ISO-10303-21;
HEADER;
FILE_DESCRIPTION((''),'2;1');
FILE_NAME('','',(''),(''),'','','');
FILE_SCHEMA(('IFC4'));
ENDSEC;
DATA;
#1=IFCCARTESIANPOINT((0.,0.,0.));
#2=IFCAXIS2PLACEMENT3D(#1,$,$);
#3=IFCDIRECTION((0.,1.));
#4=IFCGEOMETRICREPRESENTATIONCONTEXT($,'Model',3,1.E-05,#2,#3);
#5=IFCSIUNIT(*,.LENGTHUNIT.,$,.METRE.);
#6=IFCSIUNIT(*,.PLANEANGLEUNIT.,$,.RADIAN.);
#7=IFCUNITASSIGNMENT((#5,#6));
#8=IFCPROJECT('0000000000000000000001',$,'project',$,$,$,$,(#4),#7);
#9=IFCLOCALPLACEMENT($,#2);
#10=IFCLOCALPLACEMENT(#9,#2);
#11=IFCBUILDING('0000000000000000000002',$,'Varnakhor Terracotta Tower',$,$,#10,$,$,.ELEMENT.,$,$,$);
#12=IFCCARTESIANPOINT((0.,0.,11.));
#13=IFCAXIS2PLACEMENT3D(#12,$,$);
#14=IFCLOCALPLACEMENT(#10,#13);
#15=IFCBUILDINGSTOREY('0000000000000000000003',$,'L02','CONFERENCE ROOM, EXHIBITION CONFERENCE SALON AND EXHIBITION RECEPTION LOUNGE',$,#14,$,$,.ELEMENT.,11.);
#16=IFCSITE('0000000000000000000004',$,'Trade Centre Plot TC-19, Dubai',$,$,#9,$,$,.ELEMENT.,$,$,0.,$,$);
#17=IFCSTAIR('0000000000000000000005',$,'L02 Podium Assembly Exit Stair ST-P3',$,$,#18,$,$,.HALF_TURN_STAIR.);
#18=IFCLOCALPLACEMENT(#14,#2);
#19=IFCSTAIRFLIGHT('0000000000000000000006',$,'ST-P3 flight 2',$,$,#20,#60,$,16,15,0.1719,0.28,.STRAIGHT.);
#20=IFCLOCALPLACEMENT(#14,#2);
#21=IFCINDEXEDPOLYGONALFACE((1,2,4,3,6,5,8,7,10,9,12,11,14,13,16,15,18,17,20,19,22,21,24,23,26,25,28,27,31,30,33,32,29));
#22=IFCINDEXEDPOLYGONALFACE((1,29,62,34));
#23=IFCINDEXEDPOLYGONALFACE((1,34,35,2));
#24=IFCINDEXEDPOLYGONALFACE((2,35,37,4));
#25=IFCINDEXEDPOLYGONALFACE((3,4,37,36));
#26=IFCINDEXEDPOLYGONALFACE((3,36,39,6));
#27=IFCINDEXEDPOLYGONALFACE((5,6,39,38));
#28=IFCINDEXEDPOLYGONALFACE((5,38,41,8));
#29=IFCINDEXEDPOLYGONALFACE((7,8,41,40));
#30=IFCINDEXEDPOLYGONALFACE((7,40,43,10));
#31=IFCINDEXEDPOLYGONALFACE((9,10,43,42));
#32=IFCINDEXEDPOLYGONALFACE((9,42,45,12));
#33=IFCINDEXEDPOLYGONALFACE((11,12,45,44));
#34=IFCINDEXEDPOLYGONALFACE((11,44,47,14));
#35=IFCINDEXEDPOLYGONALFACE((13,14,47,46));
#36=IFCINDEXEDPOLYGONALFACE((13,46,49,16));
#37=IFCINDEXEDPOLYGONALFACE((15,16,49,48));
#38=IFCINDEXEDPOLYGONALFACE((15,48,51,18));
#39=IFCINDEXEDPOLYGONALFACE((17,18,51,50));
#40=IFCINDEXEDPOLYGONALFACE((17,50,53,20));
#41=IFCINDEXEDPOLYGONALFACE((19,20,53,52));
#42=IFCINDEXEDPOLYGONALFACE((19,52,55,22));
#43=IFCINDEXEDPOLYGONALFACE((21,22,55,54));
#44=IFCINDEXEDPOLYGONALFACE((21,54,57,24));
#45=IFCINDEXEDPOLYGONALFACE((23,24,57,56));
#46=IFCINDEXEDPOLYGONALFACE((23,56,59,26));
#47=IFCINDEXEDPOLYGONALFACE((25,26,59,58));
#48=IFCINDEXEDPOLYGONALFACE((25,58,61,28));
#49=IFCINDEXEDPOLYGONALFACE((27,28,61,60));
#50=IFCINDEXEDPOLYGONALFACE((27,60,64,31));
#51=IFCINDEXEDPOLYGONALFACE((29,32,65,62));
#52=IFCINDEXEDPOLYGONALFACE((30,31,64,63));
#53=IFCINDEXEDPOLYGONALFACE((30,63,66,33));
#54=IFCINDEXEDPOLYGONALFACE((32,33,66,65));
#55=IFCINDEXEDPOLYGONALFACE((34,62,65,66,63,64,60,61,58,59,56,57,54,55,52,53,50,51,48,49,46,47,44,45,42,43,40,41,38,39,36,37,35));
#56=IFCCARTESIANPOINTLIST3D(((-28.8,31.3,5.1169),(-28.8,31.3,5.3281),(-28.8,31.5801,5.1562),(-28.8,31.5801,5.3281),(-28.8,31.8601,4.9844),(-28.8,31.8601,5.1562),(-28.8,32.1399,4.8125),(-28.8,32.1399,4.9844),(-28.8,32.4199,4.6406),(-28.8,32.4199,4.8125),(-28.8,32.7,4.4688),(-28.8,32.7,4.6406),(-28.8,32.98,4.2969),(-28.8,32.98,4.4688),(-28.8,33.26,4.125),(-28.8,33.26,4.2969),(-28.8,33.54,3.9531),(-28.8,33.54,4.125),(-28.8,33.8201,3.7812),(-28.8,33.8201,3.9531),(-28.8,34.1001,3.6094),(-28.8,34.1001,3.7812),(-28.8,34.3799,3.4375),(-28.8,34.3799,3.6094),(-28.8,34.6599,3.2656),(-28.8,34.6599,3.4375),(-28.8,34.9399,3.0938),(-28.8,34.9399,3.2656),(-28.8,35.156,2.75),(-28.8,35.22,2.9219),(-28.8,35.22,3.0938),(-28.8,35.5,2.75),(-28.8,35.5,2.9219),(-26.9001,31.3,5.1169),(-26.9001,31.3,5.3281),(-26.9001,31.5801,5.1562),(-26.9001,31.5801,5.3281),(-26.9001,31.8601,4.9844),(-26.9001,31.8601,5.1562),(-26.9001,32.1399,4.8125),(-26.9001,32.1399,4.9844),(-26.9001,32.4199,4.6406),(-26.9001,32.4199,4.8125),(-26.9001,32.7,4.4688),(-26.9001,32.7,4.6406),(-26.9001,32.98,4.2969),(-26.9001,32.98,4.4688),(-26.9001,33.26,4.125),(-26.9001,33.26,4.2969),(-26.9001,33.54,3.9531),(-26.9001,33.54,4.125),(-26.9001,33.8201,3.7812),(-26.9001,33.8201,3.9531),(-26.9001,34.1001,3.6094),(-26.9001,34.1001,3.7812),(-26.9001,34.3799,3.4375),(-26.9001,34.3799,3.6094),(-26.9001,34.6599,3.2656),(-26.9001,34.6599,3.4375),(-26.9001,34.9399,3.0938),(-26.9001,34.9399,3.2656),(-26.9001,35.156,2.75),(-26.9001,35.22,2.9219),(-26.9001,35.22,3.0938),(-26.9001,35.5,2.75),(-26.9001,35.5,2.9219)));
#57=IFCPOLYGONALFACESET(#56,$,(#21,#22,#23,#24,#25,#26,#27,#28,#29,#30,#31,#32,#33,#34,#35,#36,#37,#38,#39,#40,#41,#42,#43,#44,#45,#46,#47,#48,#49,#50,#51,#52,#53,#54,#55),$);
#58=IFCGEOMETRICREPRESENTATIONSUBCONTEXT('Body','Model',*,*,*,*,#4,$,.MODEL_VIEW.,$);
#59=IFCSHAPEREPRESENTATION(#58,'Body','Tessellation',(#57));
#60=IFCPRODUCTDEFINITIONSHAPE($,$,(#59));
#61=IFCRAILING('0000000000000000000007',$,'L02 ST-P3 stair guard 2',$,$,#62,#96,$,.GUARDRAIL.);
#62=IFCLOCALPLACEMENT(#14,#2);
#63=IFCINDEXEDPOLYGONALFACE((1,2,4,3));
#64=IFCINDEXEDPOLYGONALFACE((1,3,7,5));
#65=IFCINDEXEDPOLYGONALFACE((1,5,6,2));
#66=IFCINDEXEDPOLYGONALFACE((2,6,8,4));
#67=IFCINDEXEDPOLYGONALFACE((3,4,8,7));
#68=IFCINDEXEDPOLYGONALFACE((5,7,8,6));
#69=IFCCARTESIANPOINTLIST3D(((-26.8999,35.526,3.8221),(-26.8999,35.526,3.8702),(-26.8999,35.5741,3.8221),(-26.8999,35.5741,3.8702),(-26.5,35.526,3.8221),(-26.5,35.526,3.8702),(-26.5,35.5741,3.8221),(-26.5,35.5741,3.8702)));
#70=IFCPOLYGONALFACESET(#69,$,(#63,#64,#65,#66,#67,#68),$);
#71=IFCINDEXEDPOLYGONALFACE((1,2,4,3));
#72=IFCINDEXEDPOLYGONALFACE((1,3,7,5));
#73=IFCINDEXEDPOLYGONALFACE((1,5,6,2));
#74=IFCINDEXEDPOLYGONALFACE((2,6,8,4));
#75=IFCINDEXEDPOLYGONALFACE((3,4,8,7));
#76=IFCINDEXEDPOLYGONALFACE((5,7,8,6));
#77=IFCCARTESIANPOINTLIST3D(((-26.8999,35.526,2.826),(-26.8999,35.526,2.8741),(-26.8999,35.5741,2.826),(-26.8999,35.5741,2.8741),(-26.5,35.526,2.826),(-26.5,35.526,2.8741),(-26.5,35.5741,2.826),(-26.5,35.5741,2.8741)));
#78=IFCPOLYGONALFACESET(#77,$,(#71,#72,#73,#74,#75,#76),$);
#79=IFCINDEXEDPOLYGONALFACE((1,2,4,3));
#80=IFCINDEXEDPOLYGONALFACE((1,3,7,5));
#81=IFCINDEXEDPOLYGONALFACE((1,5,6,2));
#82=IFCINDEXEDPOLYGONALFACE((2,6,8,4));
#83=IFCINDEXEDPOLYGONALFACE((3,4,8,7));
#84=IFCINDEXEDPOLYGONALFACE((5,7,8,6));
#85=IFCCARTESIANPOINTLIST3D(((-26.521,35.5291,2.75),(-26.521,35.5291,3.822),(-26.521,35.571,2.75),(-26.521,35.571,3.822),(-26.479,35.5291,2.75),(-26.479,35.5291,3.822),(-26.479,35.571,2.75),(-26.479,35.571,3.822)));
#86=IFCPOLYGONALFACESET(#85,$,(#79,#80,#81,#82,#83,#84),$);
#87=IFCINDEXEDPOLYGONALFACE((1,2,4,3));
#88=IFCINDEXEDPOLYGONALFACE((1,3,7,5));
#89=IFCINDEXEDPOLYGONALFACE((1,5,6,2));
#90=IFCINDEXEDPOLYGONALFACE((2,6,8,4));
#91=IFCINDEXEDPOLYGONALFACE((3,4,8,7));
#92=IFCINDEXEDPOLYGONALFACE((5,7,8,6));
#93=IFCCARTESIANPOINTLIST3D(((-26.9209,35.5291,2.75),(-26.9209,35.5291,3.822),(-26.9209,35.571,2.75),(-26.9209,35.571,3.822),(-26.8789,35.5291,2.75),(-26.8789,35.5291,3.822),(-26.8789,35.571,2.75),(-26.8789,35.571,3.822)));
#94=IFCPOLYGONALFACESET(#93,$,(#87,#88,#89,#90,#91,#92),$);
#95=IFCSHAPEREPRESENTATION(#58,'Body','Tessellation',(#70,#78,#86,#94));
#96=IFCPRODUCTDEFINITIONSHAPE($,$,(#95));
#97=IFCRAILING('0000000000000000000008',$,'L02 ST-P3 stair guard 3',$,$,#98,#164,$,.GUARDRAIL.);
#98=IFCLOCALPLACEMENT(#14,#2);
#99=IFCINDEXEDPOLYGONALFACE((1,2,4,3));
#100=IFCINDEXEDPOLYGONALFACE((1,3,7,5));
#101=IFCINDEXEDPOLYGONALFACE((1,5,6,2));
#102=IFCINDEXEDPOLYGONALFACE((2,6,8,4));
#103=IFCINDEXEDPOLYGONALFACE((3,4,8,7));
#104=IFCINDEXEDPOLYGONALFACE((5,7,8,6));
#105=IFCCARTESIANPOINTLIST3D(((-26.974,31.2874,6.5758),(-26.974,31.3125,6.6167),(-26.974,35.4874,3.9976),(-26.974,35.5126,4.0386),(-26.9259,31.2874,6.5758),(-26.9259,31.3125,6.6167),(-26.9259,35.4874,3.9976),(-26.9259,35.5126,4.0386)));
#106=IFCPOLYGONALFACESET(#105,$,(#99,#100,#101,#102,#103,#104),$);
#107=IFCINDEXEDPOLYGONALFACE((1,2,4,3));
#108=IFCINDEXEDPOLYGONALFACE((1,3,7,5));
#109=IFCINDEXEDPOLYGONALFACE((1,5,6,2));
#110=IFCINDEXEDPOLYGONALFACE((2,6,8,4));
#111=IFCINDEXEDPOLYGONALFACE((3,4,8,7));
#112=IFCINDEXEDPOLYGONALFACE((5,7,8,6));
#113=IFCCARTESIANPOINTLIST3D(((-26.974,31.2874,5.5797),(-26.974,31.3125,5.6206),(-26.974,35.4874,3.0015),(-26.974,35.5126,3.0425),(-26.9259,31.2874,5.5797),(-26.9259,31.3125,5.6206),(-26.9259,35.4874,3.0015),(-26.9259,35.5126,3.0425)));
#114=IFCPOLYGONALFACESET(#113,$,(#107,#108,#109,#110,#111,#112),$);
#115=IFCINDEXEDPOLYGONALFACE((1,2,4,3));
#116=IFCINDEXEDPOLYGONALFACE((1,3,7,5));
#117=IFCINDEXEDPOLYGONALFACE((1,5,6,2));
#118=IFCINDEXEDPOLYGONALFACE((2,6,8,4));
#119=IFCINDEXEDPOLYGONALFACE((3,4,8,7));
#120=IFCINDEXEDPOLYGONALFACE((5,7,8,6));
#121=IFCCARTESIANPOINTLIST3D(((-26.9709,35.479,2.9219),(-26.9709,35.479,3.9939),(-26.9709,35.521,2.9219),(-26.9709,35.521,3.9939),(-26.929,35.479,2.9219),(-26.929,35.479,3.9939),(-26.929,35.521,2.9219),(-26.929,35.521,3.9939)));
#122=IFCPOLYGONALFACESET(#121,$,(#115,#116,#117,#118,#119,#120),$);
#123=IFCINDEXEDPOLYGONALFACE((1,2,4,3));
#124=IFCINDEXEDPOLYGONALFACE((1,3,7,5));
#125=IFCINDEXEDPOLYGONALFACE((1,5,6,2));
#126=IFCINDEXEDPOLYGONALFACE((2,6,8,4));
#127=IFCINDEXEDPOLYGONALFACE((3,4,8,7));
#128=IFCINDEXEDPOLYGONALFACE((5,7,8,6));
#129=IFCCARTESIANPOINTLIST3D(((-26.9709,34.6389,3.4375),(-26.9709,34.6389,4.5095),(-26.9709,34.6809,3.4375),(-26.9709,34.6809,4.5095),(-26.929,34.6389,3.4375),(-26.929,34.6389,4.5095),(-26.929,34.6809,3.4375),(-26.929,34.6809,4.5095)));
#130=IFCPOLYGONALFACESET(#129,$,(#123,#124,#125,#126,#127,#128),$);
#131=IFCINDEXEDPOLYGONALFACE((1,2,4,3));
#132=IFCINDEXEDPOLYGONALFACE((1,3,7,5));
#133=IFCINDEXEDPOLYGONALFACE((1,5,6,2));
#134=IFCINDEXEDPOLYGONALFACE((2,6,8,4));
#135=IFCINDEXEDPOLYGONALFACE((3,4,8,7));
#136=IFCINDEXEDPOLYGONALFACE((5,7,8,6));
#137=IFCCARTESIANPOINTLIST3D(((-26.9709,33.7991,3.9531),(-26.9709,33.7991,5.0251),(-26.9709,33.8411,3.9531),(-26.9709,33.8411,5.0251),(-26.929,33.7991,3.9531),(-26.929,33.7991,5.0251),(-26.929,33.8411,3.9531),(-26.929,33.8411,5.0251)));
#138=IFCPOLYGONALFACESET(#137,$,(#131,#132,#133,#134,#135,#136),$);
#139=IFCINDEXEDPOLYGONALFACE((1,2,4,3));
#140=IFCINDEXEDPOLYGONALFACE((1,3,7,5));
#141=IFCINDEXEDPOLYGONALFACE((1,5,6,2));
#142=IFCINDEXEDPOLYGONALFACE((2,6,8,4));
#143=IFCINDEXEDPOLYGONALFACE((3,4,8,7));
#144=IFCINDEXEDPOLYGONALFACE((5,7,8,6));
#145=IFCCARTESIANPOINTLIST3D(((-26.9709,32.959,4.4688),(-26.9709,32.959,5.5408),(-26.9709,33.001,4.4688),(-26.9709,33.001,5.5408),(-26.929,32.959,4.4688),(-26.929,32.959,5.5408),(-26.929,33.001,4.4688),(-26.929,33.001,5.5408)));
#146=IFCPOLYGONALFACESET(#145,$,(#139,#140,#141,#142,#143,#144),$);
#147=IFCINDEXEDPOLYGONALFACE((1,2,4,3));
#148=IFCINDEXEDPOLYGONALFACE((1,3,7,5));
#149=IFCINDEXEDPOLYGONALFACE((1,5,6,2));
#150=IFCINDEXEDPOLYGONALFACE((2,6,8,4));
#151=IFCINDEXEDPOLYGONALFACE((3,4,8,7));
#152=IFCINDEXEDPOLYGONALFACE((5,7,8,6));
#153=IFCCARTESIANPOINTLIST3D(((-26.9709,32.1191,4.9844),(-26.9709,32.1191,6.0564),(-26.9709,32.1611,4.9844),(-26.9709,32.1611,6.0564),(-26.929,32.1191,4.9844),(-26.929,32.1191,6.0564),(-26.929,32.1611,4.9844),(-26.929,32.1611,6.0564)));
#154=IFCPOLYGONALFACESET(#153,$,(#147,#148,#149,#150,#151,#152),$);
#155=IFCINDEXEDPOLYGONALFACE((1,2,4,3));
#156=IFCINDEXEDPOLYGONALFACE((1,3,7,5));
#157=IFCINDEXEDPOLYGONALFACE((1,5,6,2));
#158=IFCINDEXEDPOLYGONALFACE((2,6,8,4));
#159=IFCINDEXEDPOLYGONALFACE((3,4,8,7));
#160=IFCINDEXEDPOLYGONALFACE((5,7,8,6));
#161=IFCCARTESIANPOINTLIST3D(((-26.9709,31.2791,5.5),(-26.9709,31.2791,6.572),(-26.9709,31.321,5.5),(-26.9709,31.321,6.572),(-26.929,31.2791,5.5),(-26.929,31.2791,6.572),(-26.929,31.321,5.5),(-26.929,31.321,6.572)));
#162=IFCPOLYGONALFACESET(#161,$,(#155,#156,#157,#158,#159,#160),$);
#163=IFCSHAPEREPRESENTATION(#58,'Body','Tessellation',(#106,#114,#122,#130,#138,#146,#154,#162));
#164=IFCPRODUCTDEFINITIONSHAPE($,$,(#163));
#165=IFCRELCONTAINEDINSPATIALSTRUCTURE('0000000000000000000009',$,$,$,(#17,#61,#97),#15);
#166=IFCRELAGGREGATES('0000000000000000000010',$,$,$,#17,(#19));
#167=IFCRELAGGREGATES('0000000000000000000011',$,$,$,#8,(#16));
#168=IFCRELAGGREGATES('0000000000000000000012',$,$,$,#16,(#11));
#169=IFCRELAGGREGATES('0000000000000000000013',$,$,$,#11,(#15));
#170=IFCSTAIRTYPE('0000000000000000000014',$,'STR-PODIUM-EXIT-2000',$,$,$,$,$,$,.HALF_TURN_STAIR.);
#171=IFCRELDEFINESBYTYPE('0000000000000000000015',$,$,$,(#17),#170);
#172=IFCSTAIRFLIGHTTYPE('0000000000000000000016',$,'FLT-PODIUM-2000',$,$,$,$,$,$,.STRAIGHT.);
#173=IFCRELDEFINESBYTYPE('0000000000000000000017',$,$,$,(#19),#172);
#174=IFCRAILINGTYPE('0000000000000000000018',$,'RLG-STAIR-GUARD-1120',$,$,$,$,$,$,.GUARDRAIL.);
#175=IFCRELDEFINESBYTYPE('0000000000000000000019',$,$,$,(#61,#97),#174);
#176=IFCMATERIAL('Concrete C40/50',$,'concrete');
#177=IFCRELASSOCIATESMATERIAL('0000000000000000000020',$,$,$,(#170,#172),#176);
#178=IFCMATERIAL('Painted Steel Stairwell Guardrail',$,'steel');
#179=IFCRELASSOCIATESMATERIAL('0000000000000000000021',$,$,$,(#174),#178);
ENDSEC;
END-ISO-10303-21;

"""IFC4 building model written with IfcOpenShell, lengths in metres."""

from ifc_helpers import new_model, si_unit, direction, frame, origin, origin_2d, place, context, subcontext, project, spatial, polyline, rectangle, outline, extrude, material, type_object, element, aggregate, save


model = new_model("IFC4")

# Units and contexts
model_context = context("Model", 3, precision=1e-05, world=origin(), true_north=direction((0.0, 1.0)))
body_context = subcontext(model_context, "Body", "Model", "MODEL_VIEW")
ifc_project = project(units=[si_unit("LENGTHUNIT", "METRE"), si_unit("PLANEANGLEUNIT", "RADIAN")], contexts=[model_context])

# Site, building, storey
site_placement = place(None, origin())
site = spatial("IfcSite", under=ifc_project, at=site_placement, Name="Trade Centre Plot TC-19, Dubai", CompositionType="ELEMENT", RefElevation=0.0)
building_placement = place(site_placement, origin())
building = spatial("IfcBuilding", under=site, at=building_placement, Name="Varnakhor Terracotta Tower", CompositionType="ELEMENT")
storey_placement = place(building_placement, frame((0.0, 0.0, 11.0)))
storey = spatial("IfcBuildingStorey", under=building, at=storey_placement, Name="L02", Description="CONFERENCE ROOM, EXHIBITION CONFERENCE SALON AND EXHIBITION RECEPTION LOUNGE", CompositionType="ELEMENT", Elevation=11.0)

# Shared definitions
ifc_material_1 = material(Name="Concrete C40/50", Category="concrete")

# Stair, stair flight
stair_type = type_object("IfcStairType", Name="STR-PODIUM-EXIT-2000", PredefinedType="HALF_TURN_STAIR", material=ifc_material_1)
stair_placement = place(storey_placement, origin())
stair = element("IfcStair", 1, at=stair_placement, inside=storey, type_object=stair_type, Name="L02 Podium Assembly Exit Stair ST-P3", PredefinedType="HALF_TURN_STAIR")
stair_flight_type = type_object("IfcStairFlightType", Name="FLT-PODIUM-2000", PredefinedType="STRAIGHT", material=ifc_material_1)
stair_flight_placement = place(storey_placement, frame((-27.8501, 35.5, 2.75), z_axis=(0.0, 0.0, 1.0), x_axis=(0.0, -1.0, 0.0)))
stair_flight = element("IfcStairFlight", 2, at=stair_flight_placement, type_object=stair_flight_type, Name="ST-P3 flight 2", NumberOfRisers=16, NumberOfTreads=15, PredefinedType="STRAIGHT", RiserHeight=0.1719, TreadLength=0.28, context=body_context, shape_type="SweptSolid", body=[
    extrude(outline(polyline([(0.0, 0.0), (0.0, 0.1719), (0.28, 0.1719), (0.28, 0.3438), (0.5601, 0.3438), (0.5601, 0.5156), (0.8401, 0.5156), (0.8401, 0.6875), (1.1201, 0.6875), (1.1201, 0.8594), (1.3999, 0.8594), (1.3999, 1.0312), (1.6799, 1.0312), (1.6799, 1.2031), (1.96, 1.2031), (1.96, 1.375), (2.24, 1.375), (2.24, 1.5469), (2.52, 1.5469), (2.52, 1.7188), (2.8, 1.7188), (2.8, 1.8906), (3.0801, 1.8906), (3.0801, 2.0625), (3.3601, 2.0625), (3.3601, 2.2344), (3.6399, 2.2344), (3.6399, 2.4062), (3.9199, 2.4062), (3.9199, 2.5781), (4.2, 2.5781), (4.2, 2.75), (4.2, 2.3669), (0.344, 0.0), (0.0, 0.0)])), frame((0.0, 0.95, 0.0), z_axis=(0.0, -1.0, 0.0), x_axis=(1.0, 0.0, 0.0)), (0.0, 0.0, 1.0), 1.8999),
])
aggregate(stair, [stair_flight])

# Railings
ifc_material_2 = material(Name="Painted Steel Stairwell Guardrail", Category="steel")
railing_type_1 = type_object("IfcRailingType", Name="RLG-STAIR-GUARD-1120", PredefinedType="GUARDRAIL", material=ifc_material_2)
railing_1_placement = place(storey_placement, frame((-26.5, 35.55, 2.75)))
element("IfcRailing", 3, at=railing_1_placement, inside=storey, type_object=railing_type_1, Name="L02 ST-P3 stair guard 2", PredefinedType="GUARDRAIL", context=body_context, shape_type="SweptSolid", body=[
    extrude(rectangle(XDim=0.0481, YDim=0.0481, at=origin_2d()), frame((0.0, 0.0, 1.0962), z_axis=(-1.0, 0.0, 0.0), x_axis=(0.0, -1.0, 0.0)), (0.0, 0.0, 1.0), 0.3999),
    extrude(rectangle(XDim=0.0481, YDim=0.0481, at=origin_2d()), frame((0.0, 0.0, 0.1001), z_axis=(-1.0, 0.0, 0.0), x_axis=(0.0, -1.0, 0.0)), (0.0, 0.0, 1.0), 0.3999),
    extrude(rectangle(XDim=0.042, YDim=0.042, at=origin_2d()), origin(), (0.0, 0.0, 1.0), 1.072),
    extrude(rectangle(XDim=0.042, YDim=0.042, at=origin_2d()), frame((-0.3999, 0.0, 0.0)), (0.0, 0.0, 1.0), 1.072),
])
railing_2_placement = place(storey_placement, frame((-26.95, 35.5, 2.9219)))
element("IfcRailing", 4, at=railing_2_placement, inside=storey, type_object=railing_type_1, Name="L02 ST-P3 stair guard 3", PredefinedType="GUARDRAIL", context=body_context, shape_type="SweptSolid", body=[
    extrude(rectangle(XDim=0.0481, YDim=0.0481, at=origin_2d()), frame((0.0, 0.0, 1.0962), z_axis=(0.0, -0.852243, 0.523146), x_axis=(1.0, 0.0, 0.0)), (0.0, 0.0, 1.0), 4.9282),
    extrude(rectangle(XDim=0.0481, YDim=0.0481, at=origin_2d()), frame((0.0, 0.0, 0.1001), z_axis=(0.0, -0.852243, 0.523146), x_axis=(1.0, 0.0, 0.0)), (0.0, 0.0, 1.0), 4.9282),
    extrude(rectangle(XDim=0.042, YDim=0.042, at=origin_2d()), origin(), (0.0, 0.0, 1.0), 1.072),
    extrude(rectangle(XDim=0.042, YDim=0.042, at=origin_2d()), frame((0.0, -0.8401, 0.5156)), (0.0, 0.0, 1.0), 1.072),
    extrude(rectangle(XDim=0.042, YDim=0.042, at=origin_2d()), frame((0.0, -1.6799, 1.0312)), (0.0, 0.0, 1.0), 1.072),
    extrude(rectangle(XDim=0.042, YDim=0.042, at=origin_2d()), frame((0.0, -2.52, 1.5469)), (0.0, 0.0, 1.0), 1.072),
    extrude(rectangle(XDim=0.042, YDim=0.042, at=origin_2d()), frame((0.0, -3.3599, 2.0625)), (0.0, 0.0, 1.0), 1.072),
    extrude(rectangle(XDim=0.042, YDim=0.042, at=origin_2d()), frame((0.0, -4.2, 2.5781)), (0.0, 0.0, 1.0), 1.072),
])

save(model, "model.ifc")
